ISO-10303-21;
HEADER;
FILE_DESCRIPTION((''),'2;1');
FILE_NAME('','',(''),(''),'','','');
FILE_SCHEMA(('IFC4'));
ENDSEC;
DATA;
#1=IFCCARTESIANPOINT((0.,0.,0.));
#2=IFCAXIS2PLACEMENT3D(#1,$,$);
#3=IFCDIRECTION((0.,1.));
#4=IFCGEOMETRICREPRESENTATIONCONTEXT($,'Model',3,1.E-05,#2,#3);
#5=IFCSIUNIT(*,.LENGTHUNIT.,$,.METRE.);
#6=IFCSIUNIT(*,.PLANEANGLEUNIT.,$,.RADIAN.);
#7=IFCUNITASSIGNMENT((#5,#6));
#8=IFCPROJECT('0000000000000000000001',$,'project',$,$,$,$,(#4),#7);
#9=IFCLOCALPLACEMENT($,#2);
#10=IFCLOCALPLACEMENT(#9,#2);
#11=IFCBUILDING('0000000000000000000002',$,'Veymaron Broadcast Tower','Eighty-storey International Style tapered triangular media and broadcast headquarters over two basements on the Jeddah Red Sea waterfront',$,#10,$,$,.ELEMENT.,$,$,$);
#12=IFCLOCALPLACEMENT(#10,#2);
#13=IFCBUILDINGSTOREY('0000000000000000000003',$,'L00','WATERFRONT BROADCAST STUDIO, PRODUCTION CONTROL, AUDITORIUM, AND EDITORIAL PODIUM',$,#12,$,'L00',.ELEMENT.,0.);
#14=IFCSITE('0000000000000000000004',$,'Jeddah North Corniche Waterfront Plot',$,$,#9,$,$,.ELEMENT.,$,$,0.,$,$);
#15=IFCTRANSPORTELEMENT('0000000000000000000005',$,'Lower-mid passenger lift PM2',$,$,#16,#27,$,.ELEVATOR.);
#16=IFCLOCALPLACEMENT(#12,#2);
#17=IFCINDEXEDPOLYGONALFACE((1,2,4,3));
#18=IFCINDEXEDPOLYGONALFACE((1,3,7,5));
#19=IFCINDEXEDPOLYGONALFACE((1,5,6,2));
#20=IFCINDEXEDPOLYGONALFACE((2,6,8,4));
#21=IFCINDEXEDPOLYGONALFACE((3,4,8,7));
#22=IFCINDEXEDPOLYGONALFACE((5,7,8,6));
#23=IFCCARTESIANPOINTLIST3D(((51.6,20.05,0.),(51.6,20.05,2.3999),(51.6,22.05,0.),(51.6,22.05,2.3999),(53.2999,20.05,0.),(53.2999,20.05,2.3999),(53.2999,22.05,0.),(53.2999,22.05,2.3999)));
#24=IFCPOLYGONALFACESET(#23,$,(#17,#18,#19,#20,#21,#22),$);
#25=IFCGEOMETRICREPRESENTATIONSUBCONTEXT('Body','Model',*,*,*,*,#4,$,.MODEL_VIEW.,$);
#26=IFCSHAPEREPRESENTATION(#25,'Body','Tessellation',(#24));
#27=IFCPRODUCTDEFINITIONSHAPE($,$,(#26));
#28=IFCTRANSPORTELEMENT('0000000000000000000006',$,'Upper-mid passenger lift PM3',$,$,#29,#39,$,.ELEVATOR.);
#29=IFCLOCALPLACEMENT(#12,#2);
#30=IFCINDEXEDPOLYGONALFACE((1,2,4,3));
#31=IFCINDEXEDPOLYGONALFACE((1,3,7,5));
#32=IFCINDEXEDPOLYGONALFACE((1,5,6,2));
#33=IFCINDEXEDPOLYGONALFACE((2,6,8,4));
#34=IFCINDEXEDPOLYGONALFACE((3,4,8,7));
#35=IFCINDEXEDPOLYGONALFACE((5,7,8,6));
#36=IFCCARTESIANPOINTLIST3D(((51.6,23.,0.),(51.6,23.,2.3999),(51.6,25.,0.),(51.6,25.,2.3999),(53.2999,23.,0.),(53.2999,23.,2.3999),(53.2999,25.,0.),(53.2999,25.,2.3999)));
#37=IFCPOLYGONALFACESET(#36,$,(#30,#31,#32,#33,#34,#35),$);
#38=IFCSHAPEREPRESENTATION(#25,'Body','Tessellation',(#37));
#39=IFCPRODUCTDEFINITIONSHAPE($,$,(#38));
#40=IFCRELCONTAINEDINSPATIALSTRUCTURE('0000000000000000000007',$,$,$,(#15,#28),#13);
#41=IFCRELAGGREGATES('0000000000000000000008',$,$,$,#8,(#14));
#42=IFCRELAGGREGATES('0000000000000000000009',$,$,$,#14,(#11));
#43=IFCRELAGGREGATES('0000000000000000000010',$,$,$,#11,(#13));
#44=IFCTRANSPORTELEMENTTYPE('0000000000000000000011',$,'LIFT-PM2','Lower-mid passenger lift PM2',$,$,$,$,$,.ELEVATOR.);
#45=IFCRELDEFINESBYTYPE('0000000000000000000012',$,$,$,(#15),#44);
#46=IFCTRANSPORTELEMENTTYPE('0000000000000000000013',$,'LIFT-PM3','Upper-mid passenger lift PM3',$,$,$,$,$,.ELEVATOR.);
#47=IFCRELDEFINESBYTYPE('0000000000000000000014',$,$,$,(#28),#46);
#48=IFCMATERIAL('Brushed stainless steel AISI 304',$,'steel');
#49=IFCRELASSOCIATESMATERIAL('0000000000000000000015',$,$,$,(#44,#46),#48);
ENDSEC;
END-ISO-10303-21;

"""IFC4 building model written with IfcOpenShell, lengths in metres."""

from ifc_helpers import new_model, si_unit, direction, frame, origin, origin_2d, place, context, subcontext, project, spatial, rectangle, extrude, material, type_object, element, save


model = new_model("IFC4")

# Units and contexts
model_context = context("Model", 3, precision=1e-05, world=origin(), true_north=direction((0.0, 1.0)))
body_context = subcontext(model_context, "Body", "Model", "MODEL_VIEW")
ifc_project = project(units=[si_unit("LENGTHUNIT", "METRE"), si_unit("PLANEANGLEUNIT", "RADIAN")], contexts=[model_context])

# Site, building, storey
site_placement = place(None, origin())
site = spatial("IfcSite", under=ifc_project, at=site_placement, Name="Jeddah North Corniche Waterfront Plot", CompositionType="ELEMENT", RefElevation=0.0)
building_placement = place(site_placement, origin())
building = spatial("IfcBuilding", under=site, at=building_placement, Name="Veymaron Broadcast Tower", Description="Eighty-storey International Style tapered triangular media and broadcast headquarters over two basements on the Jeddah Red Sea waterfront", CompositionType="ELEMENT")
storey_placement = place(building_placement, origin())
storey = spatial("IfcBuildingStorey", under=building, at=storey_placement, Name="L00", Description="WATERFRONT BROADCAST STUDIO, PRODUCTION CONTROL, AUDITORIUM, AND EDITORIAL PODIUM", LongName="L00", CompositionType="ELEMENT", Elevation=0.0)

# Shared definitions
ifc_material_1 = material(Name="Brushed stainless steel AISI 304", Category="steel")

# Transport elements
transport_element_type_1 = type_object("IfcTransportElementType", Name="LIFT-PM2", Description="Lower-mid passenger lift PM2", PredefinedType="ELEVATOR", material=ifc_material_1)
transport_element_1_placement = place(storey_placement, frame((52.45, 21.05, 0.0), z_axis=(0.0, 0.0, 1.0), x_axis=(1.0, 0.0, 0.0)))
element("IfcTransportElement", 1, at=transport_element_1_placement, inside=storey, type_object=transport_element_type_1, Name="Lower-mid passenger lift PM2", PredefinedType="ELEVATOR", context=body_context, shape_type="SweptSolid", body=[
    extrude(rectangle(XDim=1.7, YDim=2.0, at=origin_2d()), origin(), (0.0, 0.0, 1.0), 2.3999),
])
transport_element_type_2 = type_object("IfcTransportElementType", Name="LIFT-PM3", Description="Upper-mid passenger lift PM3", PredefinedType="ELEVATOR", material=ifc_material_1)
transport_element_2_placement = place(storey_placement, frame((52.45, 24.0, 0.0), z_axis=(0.0, 0.0, 1.0), x_axis=(1.0, 0.0, 0.0)))
element("IfcTransportElement", 2, at=transport_element_2_placement, inside=storey, type_object=transport_element_type_2, Name="Upper-mid passenger lift PM3", PredefinedType="ELEVATOR", context=body_context, shape_type="SweptSolid", body=[
    extrude(rectangle(XDim=1.7, YDim=2.0, at=origin_2d()), origin(), (0.0, 0.0, 1.0), 2.3999),
])

save(model, "model.ifc")
